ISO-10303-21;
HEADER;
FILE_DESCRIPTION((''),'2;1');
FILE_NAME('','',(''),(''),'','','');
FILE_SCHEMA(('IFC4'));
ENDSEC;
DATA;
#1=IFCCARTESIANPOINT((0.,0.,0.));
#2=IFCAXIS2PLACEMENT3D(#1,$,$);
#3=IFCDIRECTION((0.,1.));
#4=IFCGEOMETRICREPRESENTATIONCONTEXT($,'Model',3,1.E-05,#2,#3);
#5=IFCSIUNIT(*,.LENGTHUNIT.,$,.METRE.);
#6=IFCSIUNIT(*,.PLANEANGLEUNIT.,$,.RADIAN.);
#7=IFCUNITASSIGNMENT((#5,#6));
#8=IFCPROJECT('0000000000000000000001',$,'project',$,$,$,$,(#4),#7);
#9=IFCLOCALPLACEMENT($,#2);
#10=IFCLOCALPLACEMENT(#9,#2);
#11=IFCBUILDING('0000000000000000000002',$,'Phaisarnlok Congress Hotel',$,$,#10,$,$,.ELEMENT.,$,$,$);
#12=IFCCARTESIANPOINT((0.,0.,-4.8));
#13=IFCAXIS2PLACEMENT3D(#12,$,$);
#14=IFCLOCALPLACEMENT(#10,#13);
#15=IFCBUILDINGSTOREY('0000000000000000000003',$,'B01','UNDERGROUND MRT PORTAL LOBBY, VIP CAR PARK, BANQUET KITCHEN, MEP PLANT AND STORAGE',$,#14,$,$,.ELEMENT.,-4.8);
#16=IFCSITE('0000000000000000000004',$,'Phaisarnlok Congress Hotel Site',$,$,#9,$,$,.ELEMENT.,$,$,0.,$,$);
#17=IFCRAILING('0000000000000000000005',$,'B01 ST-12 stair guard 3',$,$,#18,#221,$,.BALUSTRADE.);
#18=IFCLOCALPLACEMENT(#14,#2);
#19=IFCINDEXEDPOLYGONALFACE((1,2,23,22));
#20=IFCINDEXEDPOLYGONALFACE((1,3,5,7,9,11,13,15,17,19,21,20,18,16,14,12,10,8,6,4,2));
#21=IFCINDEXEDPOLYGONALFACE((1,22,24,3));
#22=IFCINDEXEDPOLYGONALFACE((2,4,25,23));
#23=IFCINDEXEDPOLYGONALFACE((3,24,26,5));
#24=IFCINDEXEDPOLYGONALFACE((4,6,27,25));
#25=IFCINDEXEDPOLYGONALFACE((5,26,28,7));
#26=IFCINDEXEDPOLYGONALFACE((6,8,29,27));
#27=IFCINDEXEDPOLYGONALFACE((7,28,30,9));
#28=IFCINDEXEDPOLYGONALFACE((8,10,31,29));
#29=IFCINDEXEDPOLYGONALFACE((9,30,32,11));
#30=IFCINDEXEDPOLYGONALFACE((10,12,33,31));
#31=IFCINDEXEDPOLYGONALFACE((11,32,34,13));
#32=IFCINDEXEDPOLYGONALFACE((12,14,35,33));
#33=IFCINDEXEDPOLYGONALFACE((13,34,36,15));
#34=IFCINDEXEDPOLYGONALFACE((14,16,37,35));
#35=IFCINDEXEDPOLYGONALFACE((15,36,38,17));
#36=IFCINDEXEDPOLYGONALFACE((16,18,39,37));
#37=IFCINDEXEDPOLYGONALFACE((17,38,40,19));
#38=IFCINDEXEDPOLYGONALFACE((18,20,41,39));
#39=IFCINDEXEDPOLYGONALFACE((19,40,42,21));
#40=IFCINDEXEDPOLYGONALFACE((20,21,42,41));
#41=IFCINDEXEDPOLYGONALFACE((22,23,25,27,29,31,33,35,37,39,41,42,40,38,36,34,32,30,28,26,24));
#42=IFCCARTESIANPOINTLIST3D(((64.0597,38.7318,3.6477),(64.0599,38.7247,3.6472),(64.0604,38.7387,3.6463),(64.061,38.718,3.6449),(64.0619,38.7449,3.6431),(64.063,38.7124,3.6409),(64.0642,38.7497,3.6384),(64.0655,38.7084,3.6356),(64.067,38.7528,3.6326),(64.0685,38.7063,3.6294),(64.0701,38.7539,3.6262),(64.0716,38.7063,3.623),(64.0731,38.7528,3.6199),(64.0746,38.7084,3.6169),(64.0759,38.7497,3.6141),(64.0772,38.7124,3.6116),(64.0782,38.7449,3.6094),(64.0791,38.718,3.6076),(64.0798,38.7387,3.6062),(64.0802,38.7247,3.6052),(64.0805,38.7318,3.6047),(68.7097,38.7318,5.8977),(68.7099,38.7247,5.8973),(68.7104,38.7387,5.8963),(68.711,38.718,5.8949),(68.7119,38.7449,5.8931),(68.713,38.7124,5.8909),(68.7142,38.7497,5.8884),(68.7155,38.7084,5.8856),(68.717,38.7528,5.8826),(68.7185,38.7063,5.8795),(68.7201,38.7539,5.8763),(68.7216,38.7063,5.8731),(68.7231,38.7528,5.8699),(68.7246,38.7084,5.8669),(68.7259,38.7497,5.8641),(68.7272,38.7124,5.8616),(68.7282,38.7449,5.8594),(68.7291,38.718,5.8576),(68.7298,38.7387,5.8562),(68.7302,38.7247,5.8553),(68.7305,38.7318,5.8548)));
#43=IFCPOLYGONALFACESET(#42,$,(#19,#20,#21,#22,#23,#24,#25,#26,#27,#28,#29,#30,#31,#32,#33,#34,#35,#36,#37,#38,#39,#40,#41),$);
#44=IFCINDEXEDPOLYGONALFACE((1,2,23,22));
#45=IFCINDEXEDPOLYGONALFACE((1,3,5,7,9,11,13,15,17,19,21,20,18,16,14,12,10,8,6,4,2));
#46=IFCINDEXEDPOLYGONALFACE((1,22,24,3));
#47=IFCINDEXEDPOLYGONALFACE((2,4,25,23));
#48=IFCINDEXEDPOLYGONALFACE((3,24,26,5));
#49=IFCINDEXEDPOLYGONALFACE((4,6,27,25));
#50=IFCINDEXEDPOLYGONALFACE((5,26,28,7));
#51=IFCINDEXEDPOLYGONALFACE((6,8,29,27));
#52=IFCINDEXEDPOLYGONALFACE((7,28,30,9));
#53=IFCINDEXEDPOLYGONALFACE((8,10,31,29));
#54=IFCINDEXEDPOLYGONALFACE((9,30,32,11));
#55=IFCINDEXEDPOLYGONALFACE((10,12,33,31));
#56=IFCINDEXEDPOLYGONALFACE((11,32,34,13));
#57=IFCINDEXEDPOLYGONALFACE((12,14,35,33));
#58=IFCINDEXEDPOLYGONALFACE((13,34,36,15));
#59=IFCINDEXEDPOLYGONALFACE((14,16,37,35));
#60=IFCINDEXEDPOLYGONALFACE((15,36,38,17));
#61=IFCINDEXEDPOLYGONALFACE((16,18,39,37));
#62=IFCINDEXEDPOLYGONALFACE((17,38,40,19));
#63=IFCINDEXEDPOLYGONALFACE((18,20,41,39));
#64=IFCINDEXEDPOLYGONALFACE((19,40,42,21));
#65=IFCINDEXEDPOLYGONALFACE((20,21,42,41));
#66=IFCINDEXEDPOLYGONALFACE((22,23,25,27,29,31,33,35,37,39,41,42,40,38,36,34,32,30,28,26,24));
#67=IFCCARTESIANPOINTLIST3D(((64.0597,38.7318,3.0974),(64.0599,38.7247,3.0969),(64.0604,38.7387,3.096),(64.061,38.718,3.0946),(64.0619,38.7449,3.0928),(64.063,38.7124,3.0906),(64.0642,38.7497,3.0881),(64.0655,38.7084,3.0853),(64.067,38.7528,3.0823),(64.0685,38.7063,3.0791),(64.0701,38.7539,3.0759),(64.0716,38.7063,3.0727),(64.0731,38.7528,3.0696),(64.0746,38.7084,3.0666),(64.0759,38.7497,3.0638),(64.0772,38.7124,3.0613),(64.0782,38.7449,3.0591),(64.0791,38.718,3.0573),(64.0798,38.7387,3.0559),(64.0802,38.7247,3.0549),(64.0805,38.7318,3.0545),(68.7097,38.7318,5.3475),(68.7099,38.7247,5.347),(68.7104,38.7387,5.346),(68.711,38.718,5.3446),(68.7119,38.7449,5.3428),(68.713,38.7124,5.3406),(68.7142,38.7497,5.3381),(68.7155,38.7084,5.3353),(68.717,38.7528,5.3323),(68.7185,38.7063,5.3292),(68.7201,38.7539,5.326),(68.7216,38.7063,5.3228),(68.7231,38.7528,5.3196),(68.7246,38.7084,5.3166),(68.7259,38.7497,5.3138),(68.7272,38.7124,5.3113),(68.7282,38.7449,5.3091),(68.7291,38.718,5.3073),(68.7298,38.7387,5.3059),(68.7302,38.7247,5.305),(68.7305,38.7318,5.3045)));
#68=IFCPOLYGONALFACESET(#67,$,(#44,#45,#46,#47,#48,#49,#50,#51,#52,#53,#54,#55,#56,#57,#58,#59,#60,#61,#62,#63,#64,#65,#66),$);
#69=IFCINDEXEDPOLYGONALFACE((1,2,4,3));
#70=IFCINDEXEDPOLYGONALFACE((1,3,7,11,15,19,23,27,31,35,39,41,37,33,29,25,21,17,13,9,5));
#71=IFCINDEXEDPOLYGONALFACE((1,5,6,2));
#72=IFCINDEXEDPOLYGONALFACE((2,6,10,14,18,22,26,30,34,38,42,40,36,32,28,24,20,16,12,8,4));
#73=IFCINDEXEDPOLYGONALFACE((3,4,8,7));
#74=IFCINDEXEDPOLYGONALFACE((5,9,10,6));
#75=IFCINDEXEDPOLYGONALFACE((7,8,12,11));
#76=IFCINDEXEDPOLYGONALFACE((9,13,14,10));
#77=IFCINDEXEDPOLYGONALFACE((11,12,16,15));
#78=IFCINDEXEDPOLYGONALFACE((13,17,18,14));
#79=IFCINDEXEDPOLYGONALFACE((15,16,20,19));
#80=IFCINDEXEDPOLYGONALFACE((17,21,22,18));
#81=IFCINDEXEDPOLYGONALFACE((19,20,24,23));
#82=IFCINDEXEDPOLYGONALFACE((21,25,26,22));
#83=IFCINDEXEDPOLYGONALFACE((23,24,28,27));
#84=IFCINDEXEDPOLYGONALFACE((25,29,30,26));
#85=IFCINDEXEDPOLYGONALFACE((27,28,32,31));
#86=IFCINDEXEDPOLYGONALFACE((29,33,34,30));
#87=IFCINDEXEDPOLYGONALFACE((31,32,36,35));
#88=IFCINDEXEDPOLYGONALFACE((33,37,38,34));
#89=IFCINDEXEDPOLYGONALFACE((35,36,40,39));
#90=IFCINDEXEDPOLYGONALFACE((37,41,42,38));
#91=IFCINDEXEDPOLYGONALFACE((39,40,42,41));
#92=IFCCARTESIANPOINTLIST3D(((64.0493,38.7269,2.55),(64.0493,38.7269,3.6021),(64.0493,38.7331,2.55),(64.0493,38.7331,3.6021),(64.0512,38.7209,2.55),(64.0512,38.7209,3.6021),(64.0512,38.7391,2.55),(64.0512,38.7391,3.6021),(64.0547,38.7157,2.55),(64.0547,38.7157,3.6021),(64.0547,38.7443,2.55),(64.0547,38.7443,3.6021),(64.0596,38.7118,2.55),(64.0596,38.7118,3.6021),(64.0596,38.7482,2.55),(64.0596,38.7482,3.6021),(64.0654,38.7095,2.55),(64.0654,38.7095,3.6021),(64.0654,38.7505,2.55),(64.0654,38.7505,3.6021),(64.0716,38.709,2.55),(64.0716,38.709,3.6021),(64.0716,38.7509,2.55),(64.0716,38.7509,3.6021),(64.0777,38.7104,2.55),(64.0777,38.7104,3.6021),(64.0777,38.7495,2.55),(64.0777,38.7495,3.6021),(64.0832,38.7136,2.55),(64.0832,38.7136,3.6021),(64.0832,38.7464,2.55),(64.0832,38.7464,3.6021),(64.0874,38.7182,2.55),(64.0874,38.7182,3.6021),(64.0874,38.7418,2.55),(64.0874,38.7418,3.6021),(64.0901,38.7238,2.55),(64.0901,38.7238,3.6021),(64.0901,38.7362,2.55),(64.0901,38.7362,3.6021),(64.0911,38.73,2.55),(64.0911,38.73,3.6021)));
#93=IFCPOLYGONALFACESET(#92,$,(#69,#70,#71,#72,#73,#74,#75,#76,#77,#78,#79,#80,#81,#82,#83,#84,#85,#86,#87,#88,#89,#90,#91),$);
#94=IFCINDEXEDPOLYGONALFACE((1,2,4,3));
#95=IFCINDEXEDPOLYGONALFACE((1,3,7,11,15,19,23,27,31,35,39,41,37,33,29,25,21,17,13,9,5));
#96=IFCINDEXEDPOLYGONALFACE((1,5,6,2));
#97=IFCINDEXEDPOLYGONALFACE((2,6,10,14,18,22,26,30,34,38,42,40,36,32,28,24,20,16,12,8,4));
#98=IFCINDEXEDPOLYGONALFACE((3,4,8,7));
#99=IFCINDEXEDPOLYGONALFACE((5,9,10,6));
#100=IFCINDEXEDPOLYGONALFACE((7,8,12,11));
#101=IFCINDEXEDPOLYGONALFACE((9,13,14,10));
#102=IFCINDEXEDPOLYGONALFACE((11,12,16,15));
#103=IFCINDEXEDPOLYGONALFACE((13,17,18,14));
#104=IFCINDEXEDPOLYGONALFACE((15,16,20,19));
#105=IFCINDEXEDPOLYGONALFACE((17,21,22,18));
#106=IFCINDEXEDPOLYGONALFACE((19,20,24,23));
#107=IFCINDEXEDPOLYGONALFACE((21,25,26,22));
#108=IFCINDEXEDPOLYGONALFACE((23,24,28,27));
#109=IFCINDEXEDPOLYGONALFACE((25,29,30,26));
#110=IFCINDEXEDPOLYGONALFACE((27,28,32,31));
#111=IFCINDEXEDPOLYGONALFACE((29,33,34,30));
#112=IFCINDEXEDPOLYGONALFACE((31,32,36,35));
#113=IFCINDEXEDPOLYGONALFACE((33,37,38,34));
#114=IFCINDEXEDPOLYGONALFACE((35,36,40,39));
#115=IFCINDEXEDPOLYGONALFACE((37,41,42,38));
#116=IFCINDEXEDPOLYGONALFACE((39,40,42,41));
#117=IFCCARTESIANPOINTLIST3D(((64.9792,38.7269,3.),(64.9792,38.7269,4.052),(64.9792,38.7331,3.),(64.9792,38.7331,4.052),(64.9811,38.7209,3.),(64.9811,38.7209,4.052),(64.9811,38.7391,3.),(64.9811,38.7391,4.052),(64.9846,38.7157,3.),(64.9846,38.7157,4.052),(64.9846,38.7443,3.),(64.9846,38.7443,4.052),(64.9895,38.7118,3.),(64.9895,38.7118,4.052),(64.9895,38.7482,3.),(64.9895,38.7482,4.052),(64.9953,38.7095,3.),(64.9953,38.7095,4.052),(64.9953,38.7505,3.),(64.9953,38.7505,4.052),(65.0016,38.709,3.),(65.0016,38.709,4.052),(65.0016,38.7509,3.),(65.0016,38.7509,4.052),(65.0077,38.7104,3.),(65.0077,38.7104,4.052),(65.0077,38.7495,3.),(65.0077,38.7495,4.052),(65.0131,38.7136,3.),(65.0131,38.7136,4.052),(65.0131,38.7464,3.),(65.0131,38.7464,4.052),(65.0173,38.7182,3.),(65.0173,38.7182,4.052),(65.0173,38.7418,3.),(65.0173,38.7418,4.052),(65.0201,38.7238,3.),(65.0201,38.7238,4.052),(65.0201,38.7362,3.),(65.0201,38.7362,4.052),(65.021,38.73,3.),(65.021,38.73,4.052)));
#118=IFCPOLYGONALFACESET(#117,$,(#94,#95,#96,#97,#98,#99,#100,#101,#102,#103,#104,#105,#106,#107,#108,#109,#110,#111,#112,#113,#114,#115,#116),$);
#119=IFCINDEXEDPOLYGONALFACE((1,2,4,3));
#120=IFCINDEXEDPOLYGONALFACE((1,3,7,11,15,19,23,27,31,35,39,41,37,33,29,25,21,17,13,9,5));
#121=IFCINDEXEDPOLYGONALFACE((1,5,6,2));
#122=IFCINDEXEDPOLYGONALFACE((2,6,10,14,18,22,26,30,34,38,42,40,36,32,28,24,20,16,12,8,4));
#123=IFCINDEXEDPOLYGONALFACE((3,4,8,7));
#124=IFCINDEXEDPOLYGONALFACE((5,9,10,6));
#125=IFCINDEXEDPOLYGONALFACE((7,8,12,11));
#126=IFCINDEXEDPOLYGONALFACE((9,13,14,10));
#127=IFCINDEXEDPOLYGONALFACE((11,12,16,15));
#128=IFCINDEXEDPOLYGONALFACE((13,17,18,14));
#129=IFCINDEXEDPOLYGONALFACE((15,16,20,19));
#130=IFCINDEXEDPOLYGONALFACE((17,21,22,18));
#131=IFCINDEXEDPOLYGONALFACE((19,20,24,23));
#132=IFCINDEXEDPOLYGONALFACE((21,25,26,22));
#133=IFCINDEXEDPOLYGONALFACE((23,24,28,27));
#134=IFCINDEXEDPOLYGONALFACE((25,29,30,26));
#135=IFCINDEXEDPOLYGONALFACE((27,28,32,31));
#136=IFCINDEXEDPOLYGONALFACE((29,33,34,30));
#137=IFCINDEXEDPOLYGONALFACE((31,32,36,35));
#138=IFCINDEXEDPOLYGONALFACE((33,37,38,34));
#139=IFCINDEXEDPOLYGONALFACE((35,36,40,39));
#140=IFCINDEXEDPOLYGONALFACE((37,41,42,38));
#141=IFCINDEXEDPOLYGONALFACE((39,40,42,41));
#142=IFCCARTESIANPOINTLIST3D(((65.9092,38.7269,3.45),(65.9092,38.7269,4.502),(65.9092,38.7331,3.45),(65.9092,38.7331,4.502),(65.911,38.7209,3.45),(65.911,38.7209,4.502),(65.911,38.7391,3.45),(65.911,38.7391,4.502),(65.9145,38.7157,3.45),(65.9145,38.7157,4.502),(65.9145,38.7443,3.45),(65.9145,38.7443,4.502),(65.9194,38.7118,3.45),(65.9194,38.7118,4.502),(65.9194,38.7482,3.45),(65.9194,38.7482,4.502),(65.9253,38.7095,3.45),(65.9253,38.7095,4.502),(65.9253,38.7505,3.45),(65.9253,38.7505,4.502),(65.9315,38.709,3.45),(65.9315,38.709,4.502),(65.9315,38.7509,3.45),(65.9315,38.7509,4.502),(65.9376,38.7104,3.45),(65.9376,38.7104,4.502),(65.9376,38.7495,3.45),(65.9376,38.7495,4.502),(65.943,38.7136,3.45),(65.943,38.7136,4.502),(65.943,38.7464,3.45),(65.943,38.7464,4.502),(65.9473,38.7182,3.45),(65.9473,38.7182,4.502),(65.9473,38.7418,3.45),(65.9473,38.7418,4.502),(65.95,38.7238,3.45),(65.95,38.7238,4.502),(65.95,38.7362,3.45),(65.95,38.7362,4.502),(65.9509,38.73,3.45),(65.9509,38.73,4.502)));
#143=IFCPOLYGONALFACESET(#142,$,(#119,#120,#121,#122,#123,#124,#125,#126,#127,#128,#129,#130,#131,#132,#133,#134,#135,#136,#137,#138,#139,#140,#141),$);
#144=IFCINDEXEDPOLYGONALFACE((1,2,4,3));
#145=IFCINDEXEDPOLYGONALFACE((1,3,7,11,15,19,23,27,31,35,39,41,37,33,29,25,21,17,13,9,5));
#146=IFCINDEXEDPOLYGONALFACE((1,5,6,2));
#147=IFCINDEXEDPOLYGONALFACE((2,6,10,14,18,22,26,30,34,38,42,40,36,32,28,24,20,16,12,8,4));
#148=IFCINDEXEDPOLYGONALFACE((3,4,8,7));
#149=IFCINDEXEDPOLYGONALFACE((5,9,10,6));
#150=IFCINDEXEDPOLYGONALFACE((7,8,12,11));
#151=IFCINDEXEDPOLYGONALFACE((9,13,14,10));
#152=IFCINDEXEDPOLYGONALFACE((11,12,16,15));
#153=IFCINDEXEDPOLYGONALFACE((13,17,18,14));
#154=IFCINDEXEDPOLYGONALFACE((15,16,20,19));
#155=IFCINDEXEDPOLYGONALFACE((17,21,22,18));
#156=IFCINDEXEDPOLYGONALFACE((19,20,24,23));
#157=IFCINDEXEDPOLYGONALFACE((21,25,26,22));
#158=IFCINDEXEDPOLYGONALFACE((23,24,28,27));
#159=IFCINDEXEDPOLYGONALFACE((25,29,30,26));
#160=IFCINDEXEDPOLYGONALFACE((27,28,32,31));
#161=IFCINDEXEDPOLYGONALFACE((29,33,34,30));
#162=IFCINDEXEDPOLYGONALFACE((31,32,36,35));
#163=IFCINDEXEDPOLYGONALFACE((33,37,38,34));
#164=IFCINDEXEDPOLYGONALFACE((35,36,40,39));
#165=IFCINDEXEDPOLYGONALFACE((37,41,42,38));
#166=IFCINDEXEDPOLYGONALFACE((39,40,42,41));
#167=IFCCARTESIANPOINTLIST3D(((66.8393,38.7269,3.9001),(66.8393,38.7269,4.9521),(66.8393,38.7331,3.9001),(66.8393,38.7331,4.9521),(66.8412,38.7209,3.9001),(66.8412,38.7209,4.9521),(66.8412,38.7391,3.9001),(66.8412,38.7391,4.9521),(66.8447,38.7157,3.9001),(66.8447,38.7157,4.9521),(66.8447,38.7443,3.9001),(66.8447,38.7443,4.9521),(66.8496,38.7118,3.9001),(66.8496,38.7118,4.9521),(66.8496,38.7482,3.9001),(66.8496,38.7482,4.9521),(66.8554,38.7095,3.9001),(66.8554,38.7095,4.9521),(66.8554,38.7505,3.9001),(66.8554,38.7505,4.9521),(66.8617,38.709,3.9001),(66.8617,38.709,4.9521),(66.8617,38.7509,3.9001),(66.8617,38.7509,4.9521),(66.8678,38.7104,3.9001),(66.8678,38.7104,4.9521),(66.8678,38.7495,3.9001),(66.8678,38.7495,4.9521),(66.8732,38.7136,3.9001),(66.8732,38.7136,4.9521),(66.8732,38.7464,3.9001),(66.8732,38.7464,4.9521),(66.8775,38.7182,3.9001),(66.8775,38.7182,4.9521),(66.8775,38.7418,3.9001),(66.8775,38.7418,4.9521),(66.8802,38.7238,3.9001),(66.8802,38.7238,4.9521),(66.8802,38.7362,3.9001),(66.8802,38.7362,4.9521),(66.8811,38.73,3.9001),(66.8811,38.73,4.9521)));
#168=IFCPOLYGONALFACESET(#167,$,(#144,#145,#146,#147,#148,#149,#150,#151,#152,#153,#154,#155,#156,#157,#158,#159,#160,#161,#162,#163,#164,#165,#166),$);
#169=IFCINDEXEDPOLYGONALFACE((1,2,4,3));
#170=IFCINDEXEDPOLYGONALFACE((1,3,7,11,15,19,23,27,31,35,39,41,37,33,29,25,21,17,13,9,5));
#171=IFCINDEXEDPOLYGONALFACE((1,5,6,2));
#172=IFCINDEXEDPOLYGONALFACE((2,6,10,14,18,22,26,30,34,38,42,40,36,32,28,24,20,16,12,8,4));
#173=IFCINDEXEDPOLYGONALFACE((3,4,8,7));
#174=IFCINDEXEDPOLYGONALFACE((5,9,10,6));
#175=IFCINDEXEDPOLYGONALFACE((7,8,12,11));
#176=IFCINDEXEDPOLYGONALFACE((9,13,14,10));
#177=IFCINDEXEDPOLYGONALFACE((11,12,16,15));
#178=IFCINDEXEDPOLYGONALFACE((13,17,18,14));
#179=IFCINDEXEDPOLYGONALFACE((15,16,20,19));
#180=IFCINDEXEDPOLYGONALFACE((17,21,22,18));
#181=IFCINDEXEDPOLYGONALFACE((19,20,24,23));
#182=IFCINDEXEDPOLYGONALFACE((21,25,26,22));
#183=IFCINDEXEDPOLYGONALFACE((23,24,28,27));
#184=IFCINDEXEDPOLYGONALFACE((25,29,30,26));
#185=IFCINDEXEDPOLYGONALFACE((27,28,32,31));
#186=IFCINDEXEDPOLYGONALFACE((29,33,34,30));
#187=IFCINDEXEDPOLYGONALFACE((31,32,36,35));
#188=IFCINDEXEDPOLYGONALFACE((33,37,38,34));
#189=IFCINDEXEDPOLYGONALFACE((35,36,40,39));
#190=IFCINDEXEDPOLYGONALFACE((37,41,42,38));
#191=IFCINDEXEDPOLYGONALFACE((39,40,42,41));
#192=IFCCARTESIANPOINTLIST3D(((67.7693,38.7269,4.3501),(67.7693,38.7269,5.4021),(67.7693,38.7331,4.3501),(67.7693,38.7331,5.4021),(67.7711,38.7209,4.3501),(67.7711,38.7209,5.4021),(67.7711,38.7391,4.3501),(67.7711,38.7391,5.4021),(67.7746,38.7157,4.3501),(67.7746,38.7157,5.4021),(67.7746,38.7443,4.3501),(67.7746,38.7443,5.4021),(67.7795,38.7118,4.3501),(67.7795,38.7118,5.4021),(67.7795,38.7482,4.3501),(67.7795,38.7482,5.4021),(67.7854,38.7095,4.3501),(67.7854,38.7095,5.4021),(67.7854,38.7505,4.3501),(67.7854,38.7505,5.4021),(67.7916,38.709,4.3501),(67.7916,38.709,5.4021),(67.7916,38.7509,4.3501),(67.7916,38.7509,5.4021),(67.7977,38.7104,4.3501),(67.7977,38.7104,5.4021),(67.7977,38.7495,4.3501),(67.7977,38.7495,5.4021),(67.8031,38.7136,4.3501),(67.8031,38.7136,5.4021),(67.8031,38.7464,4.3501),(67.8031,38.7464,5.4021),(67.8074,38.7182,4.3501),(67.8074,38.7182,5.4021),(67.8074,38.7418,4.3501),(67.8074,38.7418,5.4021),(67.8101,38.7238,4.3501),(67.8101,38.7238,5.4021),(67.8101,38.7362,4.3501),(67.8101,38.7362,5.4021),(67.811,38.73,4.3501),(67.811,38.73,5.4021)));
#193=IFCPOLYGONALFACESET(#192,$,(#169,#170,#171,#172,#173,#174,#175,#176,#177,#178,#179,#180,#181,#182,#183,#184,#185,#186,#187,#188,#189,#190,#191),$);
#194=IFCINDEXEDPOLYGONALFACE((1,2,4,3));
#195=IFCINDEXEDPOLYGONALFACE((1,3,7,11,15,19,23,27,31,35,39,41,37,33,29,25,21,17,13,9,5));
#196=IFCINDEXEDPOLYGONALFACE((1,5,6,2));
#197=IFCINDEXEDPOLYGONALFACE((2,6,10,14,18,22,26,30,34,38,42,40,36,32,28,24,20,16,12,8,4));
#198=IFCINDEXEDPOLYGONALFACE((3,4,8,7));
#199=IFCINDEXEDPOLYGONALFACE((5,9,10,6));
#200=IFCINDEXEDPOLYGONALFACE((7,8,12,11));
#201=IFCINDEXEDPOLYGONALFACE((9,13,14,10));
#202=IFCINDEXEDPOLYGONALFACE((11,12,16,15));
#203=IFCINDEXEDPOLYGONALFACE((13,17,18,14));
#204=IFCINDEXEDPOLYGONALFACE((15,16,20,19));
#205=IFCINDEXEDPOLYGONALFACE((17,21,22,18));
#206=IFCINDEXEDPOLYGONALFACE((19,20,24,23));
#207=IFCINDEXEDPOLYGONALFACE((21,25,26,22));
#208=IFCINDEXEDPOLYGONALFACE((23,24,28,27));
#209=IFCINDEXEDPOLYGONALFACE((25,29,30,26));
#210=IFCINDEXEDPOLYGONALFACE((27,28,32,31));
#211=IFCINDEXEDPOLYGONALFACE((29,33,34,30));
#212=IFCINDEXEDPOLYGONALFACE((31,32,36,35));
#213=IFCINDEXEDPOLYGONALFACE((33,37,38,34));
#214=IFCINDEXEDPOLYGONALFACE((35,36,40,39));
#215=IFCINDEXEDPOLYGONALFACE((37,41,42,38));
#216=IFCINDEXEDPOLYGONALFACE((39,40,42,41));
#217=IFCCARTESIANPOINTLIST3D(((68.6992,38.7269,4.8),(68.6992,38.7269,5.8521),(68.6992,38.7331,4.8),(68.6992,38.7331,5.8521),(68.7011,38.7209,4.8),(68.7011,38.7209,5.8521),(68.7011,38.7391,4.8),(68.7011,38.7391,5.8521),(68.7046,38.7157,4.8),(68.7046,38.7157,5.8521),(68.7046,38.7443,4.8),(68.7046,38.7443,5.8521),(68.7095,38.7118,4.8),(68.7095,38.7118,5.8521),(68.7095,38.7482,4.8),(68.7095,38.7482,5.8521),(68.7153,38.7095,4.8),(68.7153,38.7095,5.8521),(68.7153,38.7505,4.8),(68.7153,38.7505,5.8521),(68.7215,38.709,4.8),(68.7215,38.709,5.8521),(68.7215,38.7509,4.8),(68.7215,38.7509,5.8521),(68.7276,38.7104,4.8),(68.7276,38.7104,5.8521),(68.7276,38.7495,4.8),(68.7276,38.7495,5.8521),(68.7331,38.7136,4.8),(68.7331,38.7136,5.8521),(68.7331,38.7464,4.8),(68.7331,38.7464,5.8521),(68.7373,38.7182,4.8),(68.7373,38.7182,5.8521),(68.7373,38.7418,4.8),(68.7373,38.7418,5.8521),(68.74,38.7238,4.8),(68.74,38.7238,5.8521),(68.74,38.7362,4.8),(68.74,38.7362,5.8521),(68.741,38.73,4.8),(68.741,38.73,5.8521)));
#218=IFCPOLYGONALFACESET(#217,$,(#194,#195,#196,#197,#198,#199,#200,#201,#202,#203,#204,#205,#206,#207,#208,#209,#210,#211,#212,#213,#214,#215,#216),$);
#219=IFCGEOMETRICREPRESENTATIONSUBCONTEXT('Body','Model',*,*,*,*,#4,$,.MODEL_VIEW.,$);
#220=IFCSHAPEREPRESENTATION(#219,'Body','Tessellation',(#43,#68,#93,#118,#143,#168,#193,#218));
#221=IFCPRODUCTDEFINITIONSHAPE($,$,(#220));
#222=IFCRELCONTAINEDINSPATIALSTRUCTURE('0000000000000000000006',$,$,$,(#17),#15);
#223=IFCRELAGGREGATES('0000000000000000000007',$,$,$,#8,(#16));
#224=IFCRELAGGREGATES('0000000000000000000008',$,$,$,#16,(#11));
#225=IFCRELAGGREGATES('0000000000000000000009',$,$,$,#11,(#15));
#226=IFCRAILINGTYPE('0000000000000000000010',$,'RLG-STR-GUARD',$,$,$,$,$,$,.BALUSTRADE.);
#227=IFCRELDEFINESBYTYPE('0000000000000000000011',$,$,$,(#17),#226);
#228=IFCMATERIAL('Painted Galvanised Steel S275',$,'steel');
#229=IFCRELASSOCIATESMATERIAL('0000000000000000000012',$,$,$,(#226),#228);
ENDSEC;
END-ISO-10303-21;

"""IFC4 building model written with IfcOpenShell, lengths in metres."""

from ifc_helpers import new_model, si_unit, direction, frame, origin, origin_2d, place, context, subcontext, project, spatial, circle, extrude, material, type_object, element, save


model = new_model("IFC4")

# Units and contexts
model_context = context("Model", 3, precision=1e-05, world=origin(), true_north=direction((0.0, 1.0)))
body_context = subcontext(model_context, "Body", "Model", "MODEL_VIEW")
ifc_project = project(units=[si_unit("LENGTHUNIT", "METRE"), si_unit("PLANEANGLEUNIT", "RADIAN")], contexts=[model_context])

# Site, building, storey
site_placement = place(None, origin())
site = spatial("IfcSite", under=ifc_project, at=site_placement, Name="Phaisarnlok Congress Hotel Site", CompositionType="ELEMENT", RefElevation=0.0)
building_placement = place(site_placement, origin())
building = spatial("IfcBuilding", under=site, at=building_placement, Name="Phaisarnlok Congress Hotel", CompositionType="ELEMENT")
storey_placement = place(building_placement, frame((0.0, 0.0, -4.8)))
storey = spatial("IfcBuildingStorey", under=building, at=storey_placement, Name="B01", Description="UNDERGROUND MRT PORTAL LOBBY, VIP CAR PARK, BANQUET KITCHEN, MEP PLANT AND STORAGE", CompositionType="ELEMENT", Elevation=-4.8)

# Railing
ifc_material_1 = material(Name="Painted Galvanised Steel S275", Category="steel")
railing_type_1 = type_object("IfcRailingType", Name="RLG-STR-GUARD", PredefinedType="BALUSTRADE", material=ifc_material_1)
railing_1_placement = place(storey_placement, frame((64.0701, 38.73, 2.55)))
element("IfcRailing", 1, at=railing_1_placement, inside=storey, type_object=railing_type_1, Name="B01 ST-12 stair guard 3", PredefinedType="BALUSTRADE", context=body_context, shape_type="SweptSolid", body=[
    extrude(circle(Radius=0.0239, at=origin_2d()), frame((0.0, 0.0, 1.0762), z_axis=(0.900156, 0.0, 0.435568), x_axis=(0.0, 1.0, 0.0)), (0.0, 0.0, 1.0), 5.1658),
    extrude(circle(Radius=0.0239, at=origin_2d()), frame((0.0, 0.0, 0.5259), z_axis=(0.900156, 0.0, 0.435568), x_axis=(0.0, 1.0, 0.0)), (0.0, 0.0, 1.0), 5.1658),
    extrude(circle(Radius=0.021, at=origin_2d()), origin(), (0.0, 0.0, 1.0), 1.052),
    extrude(circle(Radius=0.021, at=origin_2d()), frame((0.9299, 0.0, 0.45)), (0.0, 0.0, 1.0), 1.052),
    extrude(circle(Radius=0.021, at=origin_2d()), frame((1.8599, 0.0, 0.8999)), (0.0, 0.0, 1.0), 1.052),
    extrude(circle(Radius=0.021, at=origin_2d()), frame((2.79, 0.0, 1.3501)), (0.0, 0.0, 1.0), 1.052),
    extrude(circle(Radius=0.021, at=origin_2d()), frame((3.72, 0.0, 1.8)), (0.0, 0.0, 1.0), 1.052),
    extrude(circle(Radius=0.021, at=origin_2d()), frame((4.6499, 0.0, 2.25)), (0.0, 0.0, 1.0), 1.052),
])

save(model, "model.ifc")
